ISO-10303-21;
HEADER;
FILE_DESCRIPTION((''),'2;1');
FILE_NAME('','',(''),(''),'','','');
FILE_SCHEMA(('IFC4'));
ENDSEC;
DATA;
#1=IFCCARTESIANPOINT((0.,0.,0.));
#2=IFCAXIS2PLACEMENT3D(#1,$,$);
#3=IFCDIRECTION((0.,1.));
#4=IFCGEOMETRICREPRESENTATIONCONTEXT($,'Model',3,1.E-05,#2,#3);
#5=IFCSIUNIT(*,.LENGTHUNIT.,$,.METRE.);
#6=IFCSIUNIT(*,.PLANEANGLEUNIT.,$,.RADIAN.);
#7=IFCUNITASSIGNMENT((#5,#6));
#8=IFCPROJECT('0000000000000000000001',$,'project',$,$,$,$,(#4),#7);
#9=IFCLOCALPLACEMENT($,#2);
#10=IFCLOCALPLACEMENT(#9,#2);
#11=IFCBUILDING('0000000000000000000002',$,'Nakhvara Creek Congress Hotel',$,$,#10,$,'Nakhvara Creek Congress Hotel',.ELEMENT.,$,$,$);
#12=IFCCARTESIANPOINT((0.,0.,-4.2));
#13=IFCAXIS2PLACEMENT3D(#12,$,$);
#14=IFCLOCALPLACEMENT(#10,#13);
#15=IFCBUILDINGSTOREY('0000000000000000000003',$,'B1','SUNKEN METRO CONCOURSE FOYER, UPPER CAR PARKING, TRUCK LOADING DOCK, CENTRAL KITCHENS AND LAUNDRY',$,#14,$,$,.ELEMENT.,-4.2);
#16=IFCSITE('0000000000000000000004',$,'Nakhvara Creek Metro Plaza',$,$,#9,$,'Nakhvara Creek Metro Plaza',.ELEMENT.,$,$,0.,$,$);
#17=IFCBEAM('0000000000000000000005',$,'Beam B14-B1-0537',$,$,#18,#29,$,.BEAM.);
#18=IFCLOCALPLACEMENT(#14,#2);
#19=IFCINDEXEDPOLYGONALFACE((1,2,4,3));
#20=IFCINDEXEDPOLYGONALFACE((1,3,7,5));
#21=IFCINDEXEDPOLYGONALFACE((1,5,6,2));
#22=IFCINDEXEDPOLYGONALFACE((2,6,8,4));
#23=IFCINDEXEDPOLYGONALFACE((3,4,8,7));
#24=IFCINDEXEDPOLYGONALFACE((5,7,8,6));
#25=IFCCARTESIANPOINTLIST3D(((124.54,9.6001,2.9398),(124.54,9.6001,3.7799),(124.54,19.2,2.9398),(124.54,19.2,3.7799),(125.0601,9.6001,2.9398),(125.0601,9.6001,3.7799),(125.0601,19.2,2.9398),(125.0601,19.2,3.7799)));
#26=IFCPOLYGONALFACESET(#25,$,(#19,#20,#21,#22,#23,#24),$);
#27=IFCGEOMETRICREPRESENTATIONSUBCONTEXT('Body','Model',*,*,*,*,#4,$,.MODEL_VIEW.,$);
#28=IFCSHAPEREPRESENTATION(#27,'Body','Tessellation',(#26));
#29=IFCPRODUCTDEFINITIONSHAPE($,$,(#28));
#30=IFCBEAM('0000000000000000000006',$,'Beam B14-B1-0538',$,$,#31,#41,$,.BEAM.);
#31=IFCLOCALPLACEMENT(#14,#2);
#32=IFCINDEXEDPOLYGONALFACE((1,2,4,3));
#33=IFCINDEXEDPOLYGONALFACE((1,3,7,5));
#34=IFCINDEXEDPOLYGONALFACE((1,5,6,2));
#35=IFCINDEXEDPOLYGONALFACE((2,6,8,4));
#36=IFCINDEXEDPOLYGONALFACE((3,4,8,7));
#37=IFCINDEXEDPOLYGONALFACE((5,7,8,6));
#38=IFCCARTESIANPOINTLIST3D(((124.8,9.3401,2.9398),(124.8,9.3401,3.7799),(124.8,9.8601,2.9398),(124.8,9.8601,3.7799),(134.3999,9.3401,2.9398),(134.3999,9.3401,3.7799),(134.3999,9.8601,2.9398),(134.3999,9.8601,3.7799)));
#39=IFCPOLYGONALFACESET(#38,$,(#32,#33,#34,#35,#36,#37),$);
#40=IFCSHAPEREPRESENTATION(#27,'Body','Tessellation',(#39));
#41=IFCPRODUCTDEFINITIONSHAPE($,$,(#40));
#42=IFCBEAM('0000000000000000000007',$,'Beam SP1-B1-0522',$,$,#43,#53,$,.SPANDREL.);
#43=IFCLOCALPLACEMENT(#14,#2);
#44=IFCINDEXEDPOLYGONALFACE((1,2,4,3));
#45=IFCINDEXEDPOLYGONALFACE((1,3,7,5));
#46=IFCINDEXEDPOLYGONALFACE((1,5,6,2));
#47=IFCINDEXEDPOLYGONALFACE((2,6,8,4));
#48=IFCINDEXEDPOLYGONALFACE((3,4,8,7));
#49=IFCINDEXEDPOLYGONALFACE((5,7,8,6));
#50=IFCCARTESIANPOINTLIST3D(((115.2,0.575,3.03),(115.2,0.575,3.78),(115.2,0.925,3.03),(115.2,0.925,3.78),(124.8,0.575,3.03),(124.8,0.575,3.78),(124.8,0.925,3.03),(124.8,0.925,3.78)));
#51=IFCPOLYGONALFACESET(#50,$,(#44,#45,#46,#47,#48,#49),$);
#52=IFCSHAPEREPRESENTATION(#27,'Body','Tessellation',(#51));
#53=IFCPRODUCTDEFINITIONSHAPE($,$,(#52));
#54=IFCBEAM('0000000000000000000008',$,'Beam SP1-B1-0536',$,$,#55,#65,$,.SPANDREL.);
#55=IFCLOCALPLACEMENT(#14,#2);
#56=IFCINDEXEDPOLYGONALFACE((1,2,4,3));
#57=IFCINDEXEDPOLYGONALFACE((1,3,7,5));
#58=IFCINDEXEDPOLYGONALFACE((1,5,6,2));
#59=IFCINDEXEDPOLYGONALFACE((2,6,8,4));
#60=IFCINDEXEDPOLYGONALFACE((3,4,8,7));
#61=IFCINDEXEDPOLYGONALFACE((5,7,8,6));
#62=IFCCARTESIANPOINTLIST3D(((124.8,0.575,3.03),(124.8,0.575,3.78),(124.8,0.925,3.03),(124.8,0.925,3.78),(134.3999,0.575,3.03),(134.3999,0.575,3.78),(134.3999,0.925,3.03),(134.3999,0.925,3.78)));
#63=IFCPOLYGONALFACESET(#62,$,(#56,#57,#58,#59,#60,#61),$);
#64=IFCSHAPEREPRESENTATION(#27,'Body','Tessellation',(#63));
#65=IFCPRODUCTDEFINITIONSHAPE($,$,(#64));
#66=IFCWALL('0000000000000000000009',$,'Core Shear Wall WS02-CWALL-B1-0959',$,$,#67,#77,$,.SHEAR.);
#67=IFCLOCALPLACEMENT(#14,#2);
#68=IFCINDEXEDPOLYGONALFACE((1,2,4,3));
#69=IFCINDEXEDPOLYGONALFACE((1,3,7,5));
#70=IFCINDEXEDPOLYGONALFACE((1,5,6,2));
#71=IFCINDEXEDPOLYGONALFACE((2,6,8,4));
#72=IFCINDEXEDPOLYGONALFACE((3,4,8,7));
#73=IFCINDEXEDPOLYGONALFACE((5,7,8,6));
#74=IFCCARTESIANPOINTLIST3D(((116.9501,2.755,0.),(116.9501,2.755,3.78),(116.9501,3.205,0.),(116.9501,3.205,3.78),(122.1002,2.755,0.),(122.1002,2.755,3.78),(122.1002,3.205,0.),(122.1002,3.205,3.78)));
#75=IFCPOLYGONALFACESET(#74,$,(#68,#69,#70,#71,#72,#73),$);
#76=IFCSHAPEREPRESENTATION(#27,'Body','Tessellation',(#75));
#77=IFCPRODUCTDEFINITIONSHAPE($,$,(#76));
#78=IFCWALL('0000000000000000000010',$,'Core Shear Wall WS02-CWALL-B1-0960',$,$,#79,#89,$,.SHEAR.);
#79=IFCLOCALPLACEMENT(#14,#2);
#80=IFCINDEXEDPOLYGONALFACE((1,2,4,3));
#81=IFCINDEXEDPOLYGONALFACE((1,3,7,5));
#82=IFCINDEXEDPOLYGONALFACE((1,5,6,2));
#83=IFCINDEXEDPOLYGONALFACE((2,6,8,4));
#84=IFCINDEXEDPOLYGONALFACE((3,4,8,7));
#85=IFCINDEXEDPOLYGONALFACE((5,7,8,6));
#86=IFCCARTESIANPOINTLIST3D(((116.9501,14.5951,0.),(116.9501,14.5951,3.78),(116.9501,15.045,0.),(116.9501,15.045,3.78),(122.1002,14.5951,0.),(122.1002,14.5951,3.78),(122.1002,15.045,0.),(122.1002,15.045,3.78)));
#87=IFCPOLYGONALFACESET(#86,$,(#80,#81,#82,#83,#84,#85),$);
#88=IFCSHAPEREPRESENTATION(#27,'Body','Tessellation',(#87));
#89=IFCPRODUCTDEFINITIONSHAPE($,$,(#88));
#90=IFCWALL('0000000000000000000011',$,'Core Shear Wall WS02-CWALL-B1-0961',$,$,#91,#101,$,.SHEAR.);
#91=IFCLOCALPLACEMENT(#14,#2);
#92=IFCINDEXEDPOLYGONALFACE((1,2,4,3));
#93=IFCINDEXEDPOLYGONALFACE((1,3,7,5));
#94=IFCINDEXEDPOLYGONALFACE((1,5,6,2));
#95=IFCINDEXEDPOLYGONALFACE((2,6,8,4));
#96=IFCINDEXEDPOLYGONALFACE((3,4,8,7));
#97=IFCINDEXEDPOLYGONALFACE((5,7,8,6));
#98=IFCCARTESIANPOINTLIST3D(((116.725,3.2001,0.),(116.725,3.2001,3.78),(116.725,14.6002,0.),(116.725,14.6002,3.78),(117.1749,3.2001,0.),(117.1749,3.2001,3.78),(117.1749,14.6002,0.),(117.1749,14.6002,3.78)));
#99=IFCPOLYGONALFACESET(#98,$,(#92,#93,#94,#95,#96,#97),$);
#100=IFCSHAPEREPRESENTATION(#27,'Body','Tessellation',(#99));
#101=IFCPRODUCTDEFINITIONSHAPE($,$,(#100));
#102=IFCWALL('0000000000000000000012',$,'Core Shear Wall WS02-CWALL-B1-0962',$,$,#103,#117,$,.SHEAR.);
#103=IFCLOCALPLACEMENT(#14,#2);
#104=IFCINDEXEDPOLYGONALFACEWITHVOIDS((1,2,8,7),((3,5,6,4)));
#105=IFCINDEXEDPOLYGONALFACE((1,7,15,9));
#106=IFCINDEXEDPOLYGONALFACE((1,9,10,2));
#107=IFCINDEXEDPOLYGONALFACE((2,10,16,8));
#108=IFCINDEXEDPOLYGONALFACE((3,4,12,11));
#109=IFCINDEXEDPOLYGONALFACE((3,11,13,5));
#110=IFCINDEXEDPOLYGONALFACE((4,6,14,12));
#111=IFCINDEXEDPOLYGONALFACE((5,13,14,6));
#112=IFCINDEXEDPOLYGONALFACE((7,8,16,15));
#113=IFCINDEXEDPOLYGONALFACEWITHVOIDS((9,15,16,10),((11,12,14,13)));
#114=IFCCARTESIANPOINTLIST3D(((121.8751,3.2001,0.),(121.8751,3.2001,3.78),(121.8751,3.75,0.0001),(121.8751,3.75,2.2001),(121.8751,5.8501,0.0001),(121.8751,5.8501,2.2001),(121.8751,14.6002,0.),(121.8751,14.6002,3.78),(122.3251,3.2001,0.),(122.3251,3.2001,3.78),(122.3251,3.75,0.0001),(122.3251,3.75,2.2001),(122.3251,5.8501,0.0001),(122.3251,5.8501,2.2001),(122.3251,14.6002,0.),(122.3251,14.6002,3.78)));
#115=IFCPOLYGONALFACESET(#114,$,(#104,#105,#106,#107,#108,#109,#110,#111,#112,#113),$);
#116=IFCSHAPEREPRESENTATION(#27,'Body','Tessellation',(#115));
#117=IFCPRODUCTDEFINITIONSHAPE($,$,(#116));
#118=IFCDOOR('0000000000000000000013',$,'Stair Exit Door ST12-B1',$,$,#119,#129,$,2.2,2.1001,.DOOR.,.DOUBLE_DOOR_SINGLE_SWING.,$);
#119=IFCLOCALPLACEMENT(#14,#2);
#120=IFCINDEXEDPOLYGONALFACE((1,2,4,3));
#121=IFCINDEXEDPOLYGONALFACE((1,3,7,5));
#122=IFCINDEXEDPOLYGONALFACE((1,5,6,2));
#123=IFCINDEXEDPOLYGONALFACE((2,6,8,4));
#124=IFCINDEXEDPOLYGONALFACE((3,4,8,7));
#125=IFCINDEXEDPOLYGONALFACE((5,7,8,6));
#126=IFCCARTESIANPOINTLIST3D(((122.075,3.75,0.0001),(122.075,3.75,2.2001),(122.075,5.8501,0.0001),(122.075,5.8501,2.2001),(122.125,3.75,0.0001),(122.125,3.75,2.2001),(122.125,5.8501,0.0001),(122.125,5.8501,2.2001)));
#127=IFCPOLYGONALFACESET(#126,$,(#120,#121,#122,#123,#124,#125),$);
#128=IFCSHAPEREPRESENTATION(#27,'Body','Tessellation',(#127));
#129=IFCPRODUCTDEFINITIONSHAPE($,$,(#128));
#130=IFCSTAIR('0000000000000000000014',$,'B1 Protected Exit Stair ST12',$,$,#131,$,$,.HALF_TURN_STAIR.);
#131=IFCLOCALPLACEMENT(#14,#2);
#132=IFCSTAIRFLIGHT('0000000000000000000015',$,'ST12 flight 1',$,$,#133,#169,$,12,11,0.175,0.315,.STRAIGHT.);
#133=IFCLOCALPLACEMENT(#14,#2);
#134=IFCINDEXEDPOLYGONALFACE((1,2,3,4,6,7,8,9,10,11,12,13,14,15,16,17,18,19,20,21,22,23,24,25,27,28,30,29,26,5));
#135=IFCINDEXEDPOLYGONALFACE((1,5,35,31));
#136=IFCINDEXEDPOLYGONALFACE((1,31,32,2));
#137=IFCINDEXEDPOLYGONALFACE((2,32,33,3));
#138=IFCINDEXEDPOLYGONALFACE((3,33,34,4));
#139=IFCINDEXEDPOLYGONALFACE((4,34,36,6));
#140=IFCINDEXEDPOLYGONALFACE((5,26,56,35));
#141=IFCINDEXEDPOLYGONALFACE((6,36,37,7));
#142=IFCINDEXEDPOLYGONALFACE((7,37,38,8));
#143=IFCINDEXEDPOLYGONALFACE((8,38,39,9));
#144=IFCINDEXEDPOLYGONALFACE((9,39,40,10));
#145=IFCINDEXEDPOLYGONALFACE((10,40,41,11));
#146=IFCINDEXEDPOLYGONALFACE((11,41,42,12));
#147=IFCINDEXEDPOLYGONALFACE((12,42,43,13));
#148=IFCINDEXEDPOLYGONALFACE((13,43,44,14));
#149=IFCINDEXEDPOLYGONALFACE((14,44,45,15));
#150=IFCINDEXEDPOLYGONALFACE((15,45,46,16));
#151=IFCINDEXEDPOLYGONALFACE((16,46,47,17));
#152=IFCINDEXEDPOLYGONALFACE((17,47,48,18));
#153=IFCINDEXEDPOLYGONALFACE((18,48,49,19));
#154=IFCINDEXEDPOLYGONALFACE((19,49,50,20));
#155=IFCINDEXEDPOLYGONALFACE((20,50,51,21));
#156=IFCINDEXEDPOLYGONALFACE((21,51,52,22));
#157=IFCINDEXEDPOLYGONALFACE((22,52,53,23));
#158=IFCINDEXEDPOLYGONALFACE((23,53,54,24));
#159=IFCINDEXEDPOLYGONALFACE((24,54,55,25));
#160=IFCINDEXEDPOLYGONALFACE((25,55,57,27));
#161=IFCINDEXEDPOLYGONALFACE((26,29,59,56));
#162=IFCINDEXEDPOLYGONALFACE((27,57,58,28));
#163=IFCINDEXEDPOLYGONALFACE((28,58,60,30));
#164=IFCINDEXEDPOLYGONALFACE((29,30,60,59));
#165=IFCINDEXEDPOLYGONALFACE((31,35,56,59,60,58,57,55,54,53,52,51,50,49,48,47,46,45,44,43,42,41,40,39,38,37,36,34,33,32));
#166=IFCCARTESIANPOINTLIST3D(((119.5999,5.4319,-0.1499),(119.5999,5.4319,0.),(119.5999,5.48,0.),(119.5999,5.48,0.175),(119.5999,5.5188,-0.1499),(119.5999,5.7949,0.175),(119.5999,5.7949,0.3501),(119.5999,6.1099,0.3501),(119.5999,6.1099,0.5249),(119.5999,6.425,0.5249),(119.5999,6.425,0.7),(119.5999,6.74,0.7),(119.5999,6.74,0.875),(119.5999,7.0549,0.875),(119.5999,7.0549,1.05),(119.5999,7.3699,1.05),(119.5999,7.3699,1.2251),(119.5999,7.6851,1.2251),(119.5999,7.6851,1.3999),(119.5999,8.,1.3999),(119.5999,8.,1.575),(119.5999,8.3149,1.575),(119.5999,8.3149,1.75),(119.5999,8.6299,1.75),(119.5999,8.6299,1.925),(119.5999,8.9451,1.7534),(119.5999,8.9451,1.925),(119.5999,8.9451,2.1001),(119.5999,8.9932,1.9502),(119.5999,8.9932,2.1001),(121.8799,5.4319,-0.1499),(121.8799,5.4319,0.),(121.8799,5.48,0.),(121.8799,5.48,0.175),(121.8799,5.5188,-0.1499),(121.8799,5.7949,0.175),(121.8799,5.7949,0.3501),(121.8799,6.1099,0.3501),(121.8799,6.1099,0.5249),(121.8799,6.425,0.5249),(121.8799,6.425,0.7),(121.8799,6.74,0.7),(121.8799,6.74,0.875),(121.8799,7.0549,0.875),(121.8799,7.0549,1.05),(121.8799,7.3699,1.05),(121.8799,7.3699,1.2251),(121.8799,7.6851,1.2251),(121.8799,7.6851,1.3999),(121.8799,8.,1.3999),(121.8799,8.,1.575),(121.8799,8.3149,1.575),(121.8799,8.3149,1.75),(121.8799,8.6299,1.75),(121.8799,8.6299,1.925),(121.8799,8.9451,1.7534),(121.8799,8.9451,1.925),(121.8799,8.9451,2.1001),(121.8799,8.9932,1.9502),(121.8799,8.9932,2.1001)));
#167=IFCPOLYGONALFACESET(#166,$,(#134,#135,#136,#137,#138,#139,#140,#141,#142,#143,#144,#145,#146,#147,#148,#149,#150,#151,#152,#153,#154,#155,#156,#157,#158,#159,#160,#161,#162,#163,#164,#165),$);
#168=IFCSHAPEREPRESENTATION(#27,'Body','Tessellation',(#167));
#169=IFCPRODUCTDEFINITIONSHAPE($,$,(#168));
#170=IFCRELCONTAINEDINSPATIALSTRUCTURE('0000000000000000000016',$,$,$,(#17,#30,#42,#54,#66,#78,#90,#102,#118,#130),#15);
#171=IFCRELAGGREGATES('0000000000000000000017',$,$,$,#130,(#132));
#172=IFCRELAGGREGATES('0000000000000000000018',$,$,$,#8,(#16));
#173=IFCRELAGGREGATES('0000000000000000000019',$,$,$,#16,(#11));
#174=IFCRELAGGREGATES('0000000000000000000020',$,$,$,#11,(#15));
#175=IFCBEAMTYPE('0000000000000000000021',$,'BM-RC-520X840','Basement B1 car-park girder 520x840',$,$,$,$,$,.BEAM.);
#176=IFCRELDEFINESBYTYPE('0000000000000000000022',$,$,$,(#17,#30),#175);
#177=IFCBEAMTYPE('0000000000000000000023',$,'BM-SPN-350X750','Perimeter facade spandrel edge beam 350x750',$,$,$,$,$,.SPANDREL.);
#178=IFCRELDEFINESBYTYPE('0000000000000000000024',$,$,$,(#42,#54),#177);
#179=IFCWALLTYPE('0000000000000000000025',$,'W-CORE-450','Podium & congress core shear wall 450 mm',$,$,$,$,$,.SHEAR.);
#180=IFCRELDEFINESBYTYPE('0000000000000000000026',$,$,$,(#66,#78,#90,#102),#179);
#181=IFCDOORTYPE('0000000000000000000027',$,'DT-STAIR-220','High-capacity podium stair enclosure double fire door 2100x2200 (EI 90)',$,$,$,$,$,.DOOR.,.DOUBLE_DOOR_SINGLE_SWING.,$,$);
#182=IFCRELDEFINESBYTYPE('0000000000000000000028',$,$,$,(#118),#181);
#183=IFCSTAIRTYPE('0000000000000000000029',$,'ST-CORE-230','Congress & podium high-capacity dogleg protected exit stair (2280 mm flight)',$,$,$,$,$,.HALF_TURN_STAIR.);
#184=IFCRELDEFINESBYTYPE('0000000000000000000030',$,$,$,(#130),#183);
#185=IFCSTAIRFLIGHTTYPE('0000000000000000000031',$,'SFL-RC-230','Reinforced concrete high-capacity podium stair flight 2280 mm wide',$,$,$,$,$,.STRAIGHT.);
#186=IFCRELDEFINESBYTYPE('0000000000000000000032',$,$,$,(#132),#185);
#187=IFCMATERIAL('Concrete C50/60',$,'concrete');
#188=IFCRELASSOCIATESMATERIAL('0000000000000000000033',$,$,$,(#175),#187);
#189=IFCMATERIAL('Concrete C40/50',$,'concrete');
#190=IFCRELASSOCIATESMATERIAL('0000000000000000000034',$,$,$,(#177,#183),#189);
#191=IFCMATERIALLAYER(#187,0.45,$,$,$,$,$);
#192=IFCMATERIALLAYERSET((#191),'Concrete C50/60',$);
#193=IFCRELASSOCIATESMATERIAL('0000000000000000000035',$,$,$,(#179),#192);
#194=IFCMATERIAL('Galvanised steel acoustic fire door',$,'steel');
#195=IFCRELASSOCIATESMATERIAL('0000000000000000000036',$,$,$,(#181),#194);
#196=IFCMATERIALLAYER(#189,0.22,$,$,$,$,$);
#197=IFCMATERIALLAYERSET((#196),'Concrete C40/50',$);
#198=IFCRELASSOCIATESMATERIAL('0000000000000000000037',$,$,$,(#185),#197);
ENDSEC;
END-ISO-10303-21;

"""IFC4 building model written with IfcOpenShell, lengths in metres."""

from ifc_helpers import new_model, si_unit, direction, frame, frame_2d, origin, origin_2d, place, context, subcontext, project, spatial, polyline, rectangle, outline, extrude, material, layer, layer_set, material_profile, profile_set, type_object, element, fill, aggregate, save


model = new_model("IFC4")

# Units and contexts
model_context = context("Model", 3, precision=1e-05, world=origin(), true_north=direction((0.0, 1.0)))
body_context = subcontext(model_context, "Body", "Model", "MODEL_VIEW")
ifc_project = project(units=[si_unit("LENGTHUNIT", "METRE"), si_unit("PLANEANGLEUNIT", "RADIAN")], contexts=[model_context])

# Site, building, storey
site_placement = place(None, origin())
site = spatial("IfcSite", under=ifc_project, at=site_placement, Name="Nakhvara Creek Metro Plaza", LongName="Nakhvara Creek Metro Plaza", CompositionType="ELEMENT", RefElevation=0.0)
building_placement = place(site_placement, origin())
building = spatial("IfcBuilding", under=site, at=building_placement, Name="Nakhvara Creek Congress Hotel", LongName="Nakhvara Creek Congress Hotel", CompositionType="ELEMENT")
storey_placement = place(building_placement, frame((0.0, 0.0, -4.2)))
storey = spatial("IfcBuildingStorey", under=building, at=storey_placement, Name="B1", Description="SUNKEN METRO CONCOURSE FOYER, UPPER CAR PARKING, TRUCK LOADING DOCK, CENTRAL KITCHENS AND LAUNDRY", CompositionType="ELEMENT", Elevation=-4.2)

# Shared definitions
ifc_material_1 = material(Name="Concrete C50/60", Category="concrete")

# Beams
ifc_material_2 = material(Name="Concrete C40/50", Category="concrete")
ifc_material_profile_1 = material_profile(ifc_material_1, rectangle(XDim=0.52, YDim=0.8401, at=origin_2d()), Name="RC-BM 520x840", Category="LoadBearing")
ifc_profile_set_1 = profile_set([ifc_material_profile_1], Name="Concrete C50/60")
beam_type_1 = type_object("IfcBeamType", Name="BM-RC-520X840", Description="Basement B1 car-park girder 520x840", PredefinedType="BEAM", material=ifc_profile_set_1)
for number, where, z_axis, x_axis, name in (
    (1, (124.8, 9.6001, 3.3599), (0.0, 1.0, 0.0), (-1.0, 0.0, 0.0), "Beam B14-B1-0537"),
    (2, (124.8, 9.6001, 3.3599), (1.0, 0.0, 0.0), (0.0, 1.0, 0.0), "Beam B14-B1-0538"),
):
    element("IfcBeam", number, at=place(storey_placement, frame(where, z_axis=z_axis, x_axis=x_axis)), inside=storey, type_object=beam_type_1, Name=name, PredefinedType="BEAM", context=body_context, shape_type="SweptSolid", body=[
        extrude(rectangle(XDim=0.52, YDim=0.8401, at=origin_2d()), origin(), (0.0, 0.0, 1.0), 9.5999),
    ])
ifc_material_profile_2 = material_profile(ifc_material_2, rectangle(XDim=0.3501, YDim=0.75, at=origin_2d()), Name="RC-SPANDREL 350x750", Category="LoadBearing")
ifc_profile_set_2 = profile_set([ifc_material_profile_2], Name="Concrete C40/50")
beam_type_2 = type_object("IfcBeamType", Name="BM-SPN-350X750", Description="Perimeter facade spandrel edge beam 350x750", PredefinedType="SPANDREL", material=ifc_profile_set_2)
beam_1_placement = place(storey_placement, frame((115.2, 0.75, 3.405), z_axis=(1.0, 0.0, 0.0), x_axis=(0.0, 1.0, 0.0)))
element("IfcBeam", 3, at=beam_1_placement, inside=storey, type_object=beam_type_2, Name="Beam SP1-B1-0522", PredefinedType="SPANDREL", context=body_context, shape_type="SweptSolid", body=[
    extrude(rectangle(XDim=0.3501, YDim=0.75, at=origin_2d()), origin(), (0.0, 0.0, 1.0), 9.6001),
])
beam_2_placement = place(storey_placement, frame((124.8, 0.75, 3.405), z_axis=(1.0, 0.0, 0.0), x_axis=(0.0, 1.0, 0.0)))
element("IfcBeam", 4, at=beam_2_placement, inside=storey, type_object=beam_type_2, Name="Beam SP1-B1-0536", PredefinedType="SPANDREL", context=body_context, shape_type="SweptSolid", body=[
    extrude(rectangle(XDim=0.3501, YDim=0.75, at=origin_2d()), origin(), (0.0, 0.0, 1.0), 9.5999),
])

# Walls
ifc_layer_1 = layer(ifc_material_1, 0.45)
ifc_layer_set_1 = layer_set([ifc_layer_1], Name="Concrete C50/60")
wall_type = type_object("IfcWallType", Name="W-CORE-450", Description="Podium & congress core shear wall 450 mm", PredefinedType="SHEAR", material=ifc_layer_set_1)
for number, where, z_axis, x_axis, name in (
    (5, (116.95, 2.98, 0.0), (0.0, 0.0, 1.0), (1.0, 0.0, 0.0), "Core Shear Wall WS02-CWALL-B1-0959"),
    (6, (116.95, 14.8201, 0.0), (0.0, 0.0, 1.0), (1.0, 0.0, 0.0), "Core Shear Wall WS02-CWALL-B1-0960"),
):
    element("IfcWall", number, at=place(storey_placement, frame(where, z_axis=z_axis, x_axis=x_axis)), inside=storey, type_object=wall_type, Name=name, PredefinedType="SHEAR", context=body_context, shape_type="SweptSolid", body=[
        extrude(rectangle(XDim=5.1501, YDim=0.45, at=frame_2d((2.5752, 0.0))), origin(), (0.0, 0.0, 1.0), 3.78),
    ])
wall_1_placement = place(storey_placement, frame((116.95, 3.2, 0.0), z_axis=(0.0, 0.0, 1.0), x_axis=(0.0, 1.0, 0.0)))
element("IfcWall", 7, at=wall_1_placement, inside=storey, type_object=wall_type, Name="Core Shear Wall WS02-CWALL-B1-0961", PredefinedType="SHEAR", context=body_context, shape_type="SweptSolid", body=[
    extrude(rectangle(XDim=11.4001, YDim=0.45, at=frame_2d((5.7002, 0.0))), origin(), (0.0, 0.0, 1.0), 3.78),
])

# Wall, opening, door
wall_2_placement = place(storey_placement, frame((122.1001, 3.2, 0.0), z_axis=(0.0, 0.0, 1.0), x_axis=(0.0, 1.0, 0.0)))
wall_2 = element("IfcWall", 8, at=wall_2_placement, inside=storey, type_object=wall_type, Name="Core Shear Wall WS02-CWALL-B1-0962", PredefinedType="SHEAR", context=body_context, shape_type="SweptSolid", body=[
    extrude(rectangle(XDim=11.4001, YDim=0.45, at=frame_2d((5.7002, 0.0))), origin(), (0.0, 0.0, 1.0), 3.78),
])
opening_placement = place(wall_2_placement, frame((0.55, 0.0, 0.0)))
opening = element("IfcOpeningElement", 9, at=opening_placement, cuts=wall_2, PredefinedType="OPENING", context=body_context, shape_type="SweptSolid", body=[
    extrude(rectangle(XDim=2.1001, YDim=2.2, at=frame_2d((1.05, 1.1001))), frame((0.0, 0.2368, 0.0), z_axis=(0.0, -1.0, 0.0), x_axis=(1.0, 0.0, 0.0)), (0.0, 0.0, 1.0), 0.4739),
])
ifc_material_3 = material(Name="Galvanised steel acoustic fire door", Category="steel")
door_type = type_object("IfcDoorType", Name="DT-STAIR-220", Description="High-capacity podium stair enclosure double fire door 2100x2200 (EI 90)", OperationType="DOUBLE_DOOR_SINGLE_SWING", PredefinedType="DOOR", material=ifc_material_3)
door_placement = place(opening_placement, frame((2.1001, 0.0, 0.0), z_axis=(0.0, 0.0, 1.0), x_axis=(-1.0, 0.0, 0.0)))
door = element("IfcDoor", 10, at=door_placement, inside=storey, type_object=door_type, Name="Stair Exit Door ST12-B1", OperationType="DOUBLE_DOOR_SINGLE_SWING", OverallHeight=2.2, OverallWidth=2.1001, PredefinedType="DOOR", context=body_context, shape_type="SweptSolid", body=[
    extrude(rectangle(XDim=2.1001, YDim=2.2, at=frame_2d((1.05, 1.1001))), frame((0.0, 0.0249, 0.0), z_axis=(0.0, -1.0, 0.0), x_axis=(1.0, 0.0, 0.0)), (0.0, 0.0, 1.0), 0.05),
])
fill(opening, door)

# Stair, stair flight
stair_type = type_object("IfcStairType", Name="ST-CORE-230", Description="Congress & podium high-capacity dogleg protected exit stair (2280 mm flight)", PredefinedType="HALF_TURN_STAIR", material=ifc_material_2)
stair_placement = place(storey_placement, origin())
stair = element("IfcStair", 11, at=stair_placement, inside=storey, type_object=stair_type, Name="B1 Protected Exit Stair ST12", PredefinedType="HALF_TURN_STAIR")
ifc_layer_2 = layer(ifc_material_2, 0.22)
ifc_layer_set_2 = layer_set([ifc_layer_2], Name="Concrete C40/50")
stair_flight_type = type_object("IfcStairFlightType", Name="SFL-RC-230", Description="Reinforced concrete high-capacity podium stair flight 2280 mm wide", PredefinedType="STRAIGHT", material=ifc_layer_set_2)
stair_flight_1_placement = place(storey_placement, frame((120.74, 5.48, 0.0), z_axis=(0.0, 0.0, 1.0), x_axis=(0.0, 1.0, 0.0)))
stair_flight_1 = element("IfcStairFlight", 12, at=stair_flight_1_placement, type_object=stair_flight_type, Name="ST12 flight 1", NumberOfRisers=12, NumberOfTreads=11, PredefinedType="STRAIGHT", RiserHeight=0.175, TreadLength=0.315, context=body_context, shape_type="SweptSolid", body=[
    extrude(outline(polyline([(-0.0481, 0.0), (0.0, 0.0), (0.0, 0.175), (0.3149, 0.175), (0.3149, 0.3501), (0.6299, 0.3501), (0.6299, 0.5249), (0.9451, 0.5249), (0.9451, 0.7), (1.26, 0.7), (1.26, 0.875), (1.575, 0.875), (1.575, 1.05), (1.8899, 1.05), (1.8899, 1.2251), (2.2051, 1.2251), (2.2051, 1.3999), (2.52, 1.3999), (2.52, 1.575), (2.835, 1.575), (2.835, 1.75), (3.1499, 1.75), (3.1499, 1.925), (3.4651, 1.925), (3.4651, 2.1001), (3.5132, 2.1001), (3.5132, 1.9502), (3.4651, 1.7534), (0.0388, -0.1499), (-0.0481, -0.1499), (-0.0481, 0.0)])), frame((0.0, 1.1401, 0.0), z_axis=(0.0, -1.0, 0.0), x_axis=(1.0, 0.0, 0.0)), (0.0, 0.0, 1.0), 2.28),
])
aggregate(stair, [stair_flight_1])

save(model, "model.ifc")
